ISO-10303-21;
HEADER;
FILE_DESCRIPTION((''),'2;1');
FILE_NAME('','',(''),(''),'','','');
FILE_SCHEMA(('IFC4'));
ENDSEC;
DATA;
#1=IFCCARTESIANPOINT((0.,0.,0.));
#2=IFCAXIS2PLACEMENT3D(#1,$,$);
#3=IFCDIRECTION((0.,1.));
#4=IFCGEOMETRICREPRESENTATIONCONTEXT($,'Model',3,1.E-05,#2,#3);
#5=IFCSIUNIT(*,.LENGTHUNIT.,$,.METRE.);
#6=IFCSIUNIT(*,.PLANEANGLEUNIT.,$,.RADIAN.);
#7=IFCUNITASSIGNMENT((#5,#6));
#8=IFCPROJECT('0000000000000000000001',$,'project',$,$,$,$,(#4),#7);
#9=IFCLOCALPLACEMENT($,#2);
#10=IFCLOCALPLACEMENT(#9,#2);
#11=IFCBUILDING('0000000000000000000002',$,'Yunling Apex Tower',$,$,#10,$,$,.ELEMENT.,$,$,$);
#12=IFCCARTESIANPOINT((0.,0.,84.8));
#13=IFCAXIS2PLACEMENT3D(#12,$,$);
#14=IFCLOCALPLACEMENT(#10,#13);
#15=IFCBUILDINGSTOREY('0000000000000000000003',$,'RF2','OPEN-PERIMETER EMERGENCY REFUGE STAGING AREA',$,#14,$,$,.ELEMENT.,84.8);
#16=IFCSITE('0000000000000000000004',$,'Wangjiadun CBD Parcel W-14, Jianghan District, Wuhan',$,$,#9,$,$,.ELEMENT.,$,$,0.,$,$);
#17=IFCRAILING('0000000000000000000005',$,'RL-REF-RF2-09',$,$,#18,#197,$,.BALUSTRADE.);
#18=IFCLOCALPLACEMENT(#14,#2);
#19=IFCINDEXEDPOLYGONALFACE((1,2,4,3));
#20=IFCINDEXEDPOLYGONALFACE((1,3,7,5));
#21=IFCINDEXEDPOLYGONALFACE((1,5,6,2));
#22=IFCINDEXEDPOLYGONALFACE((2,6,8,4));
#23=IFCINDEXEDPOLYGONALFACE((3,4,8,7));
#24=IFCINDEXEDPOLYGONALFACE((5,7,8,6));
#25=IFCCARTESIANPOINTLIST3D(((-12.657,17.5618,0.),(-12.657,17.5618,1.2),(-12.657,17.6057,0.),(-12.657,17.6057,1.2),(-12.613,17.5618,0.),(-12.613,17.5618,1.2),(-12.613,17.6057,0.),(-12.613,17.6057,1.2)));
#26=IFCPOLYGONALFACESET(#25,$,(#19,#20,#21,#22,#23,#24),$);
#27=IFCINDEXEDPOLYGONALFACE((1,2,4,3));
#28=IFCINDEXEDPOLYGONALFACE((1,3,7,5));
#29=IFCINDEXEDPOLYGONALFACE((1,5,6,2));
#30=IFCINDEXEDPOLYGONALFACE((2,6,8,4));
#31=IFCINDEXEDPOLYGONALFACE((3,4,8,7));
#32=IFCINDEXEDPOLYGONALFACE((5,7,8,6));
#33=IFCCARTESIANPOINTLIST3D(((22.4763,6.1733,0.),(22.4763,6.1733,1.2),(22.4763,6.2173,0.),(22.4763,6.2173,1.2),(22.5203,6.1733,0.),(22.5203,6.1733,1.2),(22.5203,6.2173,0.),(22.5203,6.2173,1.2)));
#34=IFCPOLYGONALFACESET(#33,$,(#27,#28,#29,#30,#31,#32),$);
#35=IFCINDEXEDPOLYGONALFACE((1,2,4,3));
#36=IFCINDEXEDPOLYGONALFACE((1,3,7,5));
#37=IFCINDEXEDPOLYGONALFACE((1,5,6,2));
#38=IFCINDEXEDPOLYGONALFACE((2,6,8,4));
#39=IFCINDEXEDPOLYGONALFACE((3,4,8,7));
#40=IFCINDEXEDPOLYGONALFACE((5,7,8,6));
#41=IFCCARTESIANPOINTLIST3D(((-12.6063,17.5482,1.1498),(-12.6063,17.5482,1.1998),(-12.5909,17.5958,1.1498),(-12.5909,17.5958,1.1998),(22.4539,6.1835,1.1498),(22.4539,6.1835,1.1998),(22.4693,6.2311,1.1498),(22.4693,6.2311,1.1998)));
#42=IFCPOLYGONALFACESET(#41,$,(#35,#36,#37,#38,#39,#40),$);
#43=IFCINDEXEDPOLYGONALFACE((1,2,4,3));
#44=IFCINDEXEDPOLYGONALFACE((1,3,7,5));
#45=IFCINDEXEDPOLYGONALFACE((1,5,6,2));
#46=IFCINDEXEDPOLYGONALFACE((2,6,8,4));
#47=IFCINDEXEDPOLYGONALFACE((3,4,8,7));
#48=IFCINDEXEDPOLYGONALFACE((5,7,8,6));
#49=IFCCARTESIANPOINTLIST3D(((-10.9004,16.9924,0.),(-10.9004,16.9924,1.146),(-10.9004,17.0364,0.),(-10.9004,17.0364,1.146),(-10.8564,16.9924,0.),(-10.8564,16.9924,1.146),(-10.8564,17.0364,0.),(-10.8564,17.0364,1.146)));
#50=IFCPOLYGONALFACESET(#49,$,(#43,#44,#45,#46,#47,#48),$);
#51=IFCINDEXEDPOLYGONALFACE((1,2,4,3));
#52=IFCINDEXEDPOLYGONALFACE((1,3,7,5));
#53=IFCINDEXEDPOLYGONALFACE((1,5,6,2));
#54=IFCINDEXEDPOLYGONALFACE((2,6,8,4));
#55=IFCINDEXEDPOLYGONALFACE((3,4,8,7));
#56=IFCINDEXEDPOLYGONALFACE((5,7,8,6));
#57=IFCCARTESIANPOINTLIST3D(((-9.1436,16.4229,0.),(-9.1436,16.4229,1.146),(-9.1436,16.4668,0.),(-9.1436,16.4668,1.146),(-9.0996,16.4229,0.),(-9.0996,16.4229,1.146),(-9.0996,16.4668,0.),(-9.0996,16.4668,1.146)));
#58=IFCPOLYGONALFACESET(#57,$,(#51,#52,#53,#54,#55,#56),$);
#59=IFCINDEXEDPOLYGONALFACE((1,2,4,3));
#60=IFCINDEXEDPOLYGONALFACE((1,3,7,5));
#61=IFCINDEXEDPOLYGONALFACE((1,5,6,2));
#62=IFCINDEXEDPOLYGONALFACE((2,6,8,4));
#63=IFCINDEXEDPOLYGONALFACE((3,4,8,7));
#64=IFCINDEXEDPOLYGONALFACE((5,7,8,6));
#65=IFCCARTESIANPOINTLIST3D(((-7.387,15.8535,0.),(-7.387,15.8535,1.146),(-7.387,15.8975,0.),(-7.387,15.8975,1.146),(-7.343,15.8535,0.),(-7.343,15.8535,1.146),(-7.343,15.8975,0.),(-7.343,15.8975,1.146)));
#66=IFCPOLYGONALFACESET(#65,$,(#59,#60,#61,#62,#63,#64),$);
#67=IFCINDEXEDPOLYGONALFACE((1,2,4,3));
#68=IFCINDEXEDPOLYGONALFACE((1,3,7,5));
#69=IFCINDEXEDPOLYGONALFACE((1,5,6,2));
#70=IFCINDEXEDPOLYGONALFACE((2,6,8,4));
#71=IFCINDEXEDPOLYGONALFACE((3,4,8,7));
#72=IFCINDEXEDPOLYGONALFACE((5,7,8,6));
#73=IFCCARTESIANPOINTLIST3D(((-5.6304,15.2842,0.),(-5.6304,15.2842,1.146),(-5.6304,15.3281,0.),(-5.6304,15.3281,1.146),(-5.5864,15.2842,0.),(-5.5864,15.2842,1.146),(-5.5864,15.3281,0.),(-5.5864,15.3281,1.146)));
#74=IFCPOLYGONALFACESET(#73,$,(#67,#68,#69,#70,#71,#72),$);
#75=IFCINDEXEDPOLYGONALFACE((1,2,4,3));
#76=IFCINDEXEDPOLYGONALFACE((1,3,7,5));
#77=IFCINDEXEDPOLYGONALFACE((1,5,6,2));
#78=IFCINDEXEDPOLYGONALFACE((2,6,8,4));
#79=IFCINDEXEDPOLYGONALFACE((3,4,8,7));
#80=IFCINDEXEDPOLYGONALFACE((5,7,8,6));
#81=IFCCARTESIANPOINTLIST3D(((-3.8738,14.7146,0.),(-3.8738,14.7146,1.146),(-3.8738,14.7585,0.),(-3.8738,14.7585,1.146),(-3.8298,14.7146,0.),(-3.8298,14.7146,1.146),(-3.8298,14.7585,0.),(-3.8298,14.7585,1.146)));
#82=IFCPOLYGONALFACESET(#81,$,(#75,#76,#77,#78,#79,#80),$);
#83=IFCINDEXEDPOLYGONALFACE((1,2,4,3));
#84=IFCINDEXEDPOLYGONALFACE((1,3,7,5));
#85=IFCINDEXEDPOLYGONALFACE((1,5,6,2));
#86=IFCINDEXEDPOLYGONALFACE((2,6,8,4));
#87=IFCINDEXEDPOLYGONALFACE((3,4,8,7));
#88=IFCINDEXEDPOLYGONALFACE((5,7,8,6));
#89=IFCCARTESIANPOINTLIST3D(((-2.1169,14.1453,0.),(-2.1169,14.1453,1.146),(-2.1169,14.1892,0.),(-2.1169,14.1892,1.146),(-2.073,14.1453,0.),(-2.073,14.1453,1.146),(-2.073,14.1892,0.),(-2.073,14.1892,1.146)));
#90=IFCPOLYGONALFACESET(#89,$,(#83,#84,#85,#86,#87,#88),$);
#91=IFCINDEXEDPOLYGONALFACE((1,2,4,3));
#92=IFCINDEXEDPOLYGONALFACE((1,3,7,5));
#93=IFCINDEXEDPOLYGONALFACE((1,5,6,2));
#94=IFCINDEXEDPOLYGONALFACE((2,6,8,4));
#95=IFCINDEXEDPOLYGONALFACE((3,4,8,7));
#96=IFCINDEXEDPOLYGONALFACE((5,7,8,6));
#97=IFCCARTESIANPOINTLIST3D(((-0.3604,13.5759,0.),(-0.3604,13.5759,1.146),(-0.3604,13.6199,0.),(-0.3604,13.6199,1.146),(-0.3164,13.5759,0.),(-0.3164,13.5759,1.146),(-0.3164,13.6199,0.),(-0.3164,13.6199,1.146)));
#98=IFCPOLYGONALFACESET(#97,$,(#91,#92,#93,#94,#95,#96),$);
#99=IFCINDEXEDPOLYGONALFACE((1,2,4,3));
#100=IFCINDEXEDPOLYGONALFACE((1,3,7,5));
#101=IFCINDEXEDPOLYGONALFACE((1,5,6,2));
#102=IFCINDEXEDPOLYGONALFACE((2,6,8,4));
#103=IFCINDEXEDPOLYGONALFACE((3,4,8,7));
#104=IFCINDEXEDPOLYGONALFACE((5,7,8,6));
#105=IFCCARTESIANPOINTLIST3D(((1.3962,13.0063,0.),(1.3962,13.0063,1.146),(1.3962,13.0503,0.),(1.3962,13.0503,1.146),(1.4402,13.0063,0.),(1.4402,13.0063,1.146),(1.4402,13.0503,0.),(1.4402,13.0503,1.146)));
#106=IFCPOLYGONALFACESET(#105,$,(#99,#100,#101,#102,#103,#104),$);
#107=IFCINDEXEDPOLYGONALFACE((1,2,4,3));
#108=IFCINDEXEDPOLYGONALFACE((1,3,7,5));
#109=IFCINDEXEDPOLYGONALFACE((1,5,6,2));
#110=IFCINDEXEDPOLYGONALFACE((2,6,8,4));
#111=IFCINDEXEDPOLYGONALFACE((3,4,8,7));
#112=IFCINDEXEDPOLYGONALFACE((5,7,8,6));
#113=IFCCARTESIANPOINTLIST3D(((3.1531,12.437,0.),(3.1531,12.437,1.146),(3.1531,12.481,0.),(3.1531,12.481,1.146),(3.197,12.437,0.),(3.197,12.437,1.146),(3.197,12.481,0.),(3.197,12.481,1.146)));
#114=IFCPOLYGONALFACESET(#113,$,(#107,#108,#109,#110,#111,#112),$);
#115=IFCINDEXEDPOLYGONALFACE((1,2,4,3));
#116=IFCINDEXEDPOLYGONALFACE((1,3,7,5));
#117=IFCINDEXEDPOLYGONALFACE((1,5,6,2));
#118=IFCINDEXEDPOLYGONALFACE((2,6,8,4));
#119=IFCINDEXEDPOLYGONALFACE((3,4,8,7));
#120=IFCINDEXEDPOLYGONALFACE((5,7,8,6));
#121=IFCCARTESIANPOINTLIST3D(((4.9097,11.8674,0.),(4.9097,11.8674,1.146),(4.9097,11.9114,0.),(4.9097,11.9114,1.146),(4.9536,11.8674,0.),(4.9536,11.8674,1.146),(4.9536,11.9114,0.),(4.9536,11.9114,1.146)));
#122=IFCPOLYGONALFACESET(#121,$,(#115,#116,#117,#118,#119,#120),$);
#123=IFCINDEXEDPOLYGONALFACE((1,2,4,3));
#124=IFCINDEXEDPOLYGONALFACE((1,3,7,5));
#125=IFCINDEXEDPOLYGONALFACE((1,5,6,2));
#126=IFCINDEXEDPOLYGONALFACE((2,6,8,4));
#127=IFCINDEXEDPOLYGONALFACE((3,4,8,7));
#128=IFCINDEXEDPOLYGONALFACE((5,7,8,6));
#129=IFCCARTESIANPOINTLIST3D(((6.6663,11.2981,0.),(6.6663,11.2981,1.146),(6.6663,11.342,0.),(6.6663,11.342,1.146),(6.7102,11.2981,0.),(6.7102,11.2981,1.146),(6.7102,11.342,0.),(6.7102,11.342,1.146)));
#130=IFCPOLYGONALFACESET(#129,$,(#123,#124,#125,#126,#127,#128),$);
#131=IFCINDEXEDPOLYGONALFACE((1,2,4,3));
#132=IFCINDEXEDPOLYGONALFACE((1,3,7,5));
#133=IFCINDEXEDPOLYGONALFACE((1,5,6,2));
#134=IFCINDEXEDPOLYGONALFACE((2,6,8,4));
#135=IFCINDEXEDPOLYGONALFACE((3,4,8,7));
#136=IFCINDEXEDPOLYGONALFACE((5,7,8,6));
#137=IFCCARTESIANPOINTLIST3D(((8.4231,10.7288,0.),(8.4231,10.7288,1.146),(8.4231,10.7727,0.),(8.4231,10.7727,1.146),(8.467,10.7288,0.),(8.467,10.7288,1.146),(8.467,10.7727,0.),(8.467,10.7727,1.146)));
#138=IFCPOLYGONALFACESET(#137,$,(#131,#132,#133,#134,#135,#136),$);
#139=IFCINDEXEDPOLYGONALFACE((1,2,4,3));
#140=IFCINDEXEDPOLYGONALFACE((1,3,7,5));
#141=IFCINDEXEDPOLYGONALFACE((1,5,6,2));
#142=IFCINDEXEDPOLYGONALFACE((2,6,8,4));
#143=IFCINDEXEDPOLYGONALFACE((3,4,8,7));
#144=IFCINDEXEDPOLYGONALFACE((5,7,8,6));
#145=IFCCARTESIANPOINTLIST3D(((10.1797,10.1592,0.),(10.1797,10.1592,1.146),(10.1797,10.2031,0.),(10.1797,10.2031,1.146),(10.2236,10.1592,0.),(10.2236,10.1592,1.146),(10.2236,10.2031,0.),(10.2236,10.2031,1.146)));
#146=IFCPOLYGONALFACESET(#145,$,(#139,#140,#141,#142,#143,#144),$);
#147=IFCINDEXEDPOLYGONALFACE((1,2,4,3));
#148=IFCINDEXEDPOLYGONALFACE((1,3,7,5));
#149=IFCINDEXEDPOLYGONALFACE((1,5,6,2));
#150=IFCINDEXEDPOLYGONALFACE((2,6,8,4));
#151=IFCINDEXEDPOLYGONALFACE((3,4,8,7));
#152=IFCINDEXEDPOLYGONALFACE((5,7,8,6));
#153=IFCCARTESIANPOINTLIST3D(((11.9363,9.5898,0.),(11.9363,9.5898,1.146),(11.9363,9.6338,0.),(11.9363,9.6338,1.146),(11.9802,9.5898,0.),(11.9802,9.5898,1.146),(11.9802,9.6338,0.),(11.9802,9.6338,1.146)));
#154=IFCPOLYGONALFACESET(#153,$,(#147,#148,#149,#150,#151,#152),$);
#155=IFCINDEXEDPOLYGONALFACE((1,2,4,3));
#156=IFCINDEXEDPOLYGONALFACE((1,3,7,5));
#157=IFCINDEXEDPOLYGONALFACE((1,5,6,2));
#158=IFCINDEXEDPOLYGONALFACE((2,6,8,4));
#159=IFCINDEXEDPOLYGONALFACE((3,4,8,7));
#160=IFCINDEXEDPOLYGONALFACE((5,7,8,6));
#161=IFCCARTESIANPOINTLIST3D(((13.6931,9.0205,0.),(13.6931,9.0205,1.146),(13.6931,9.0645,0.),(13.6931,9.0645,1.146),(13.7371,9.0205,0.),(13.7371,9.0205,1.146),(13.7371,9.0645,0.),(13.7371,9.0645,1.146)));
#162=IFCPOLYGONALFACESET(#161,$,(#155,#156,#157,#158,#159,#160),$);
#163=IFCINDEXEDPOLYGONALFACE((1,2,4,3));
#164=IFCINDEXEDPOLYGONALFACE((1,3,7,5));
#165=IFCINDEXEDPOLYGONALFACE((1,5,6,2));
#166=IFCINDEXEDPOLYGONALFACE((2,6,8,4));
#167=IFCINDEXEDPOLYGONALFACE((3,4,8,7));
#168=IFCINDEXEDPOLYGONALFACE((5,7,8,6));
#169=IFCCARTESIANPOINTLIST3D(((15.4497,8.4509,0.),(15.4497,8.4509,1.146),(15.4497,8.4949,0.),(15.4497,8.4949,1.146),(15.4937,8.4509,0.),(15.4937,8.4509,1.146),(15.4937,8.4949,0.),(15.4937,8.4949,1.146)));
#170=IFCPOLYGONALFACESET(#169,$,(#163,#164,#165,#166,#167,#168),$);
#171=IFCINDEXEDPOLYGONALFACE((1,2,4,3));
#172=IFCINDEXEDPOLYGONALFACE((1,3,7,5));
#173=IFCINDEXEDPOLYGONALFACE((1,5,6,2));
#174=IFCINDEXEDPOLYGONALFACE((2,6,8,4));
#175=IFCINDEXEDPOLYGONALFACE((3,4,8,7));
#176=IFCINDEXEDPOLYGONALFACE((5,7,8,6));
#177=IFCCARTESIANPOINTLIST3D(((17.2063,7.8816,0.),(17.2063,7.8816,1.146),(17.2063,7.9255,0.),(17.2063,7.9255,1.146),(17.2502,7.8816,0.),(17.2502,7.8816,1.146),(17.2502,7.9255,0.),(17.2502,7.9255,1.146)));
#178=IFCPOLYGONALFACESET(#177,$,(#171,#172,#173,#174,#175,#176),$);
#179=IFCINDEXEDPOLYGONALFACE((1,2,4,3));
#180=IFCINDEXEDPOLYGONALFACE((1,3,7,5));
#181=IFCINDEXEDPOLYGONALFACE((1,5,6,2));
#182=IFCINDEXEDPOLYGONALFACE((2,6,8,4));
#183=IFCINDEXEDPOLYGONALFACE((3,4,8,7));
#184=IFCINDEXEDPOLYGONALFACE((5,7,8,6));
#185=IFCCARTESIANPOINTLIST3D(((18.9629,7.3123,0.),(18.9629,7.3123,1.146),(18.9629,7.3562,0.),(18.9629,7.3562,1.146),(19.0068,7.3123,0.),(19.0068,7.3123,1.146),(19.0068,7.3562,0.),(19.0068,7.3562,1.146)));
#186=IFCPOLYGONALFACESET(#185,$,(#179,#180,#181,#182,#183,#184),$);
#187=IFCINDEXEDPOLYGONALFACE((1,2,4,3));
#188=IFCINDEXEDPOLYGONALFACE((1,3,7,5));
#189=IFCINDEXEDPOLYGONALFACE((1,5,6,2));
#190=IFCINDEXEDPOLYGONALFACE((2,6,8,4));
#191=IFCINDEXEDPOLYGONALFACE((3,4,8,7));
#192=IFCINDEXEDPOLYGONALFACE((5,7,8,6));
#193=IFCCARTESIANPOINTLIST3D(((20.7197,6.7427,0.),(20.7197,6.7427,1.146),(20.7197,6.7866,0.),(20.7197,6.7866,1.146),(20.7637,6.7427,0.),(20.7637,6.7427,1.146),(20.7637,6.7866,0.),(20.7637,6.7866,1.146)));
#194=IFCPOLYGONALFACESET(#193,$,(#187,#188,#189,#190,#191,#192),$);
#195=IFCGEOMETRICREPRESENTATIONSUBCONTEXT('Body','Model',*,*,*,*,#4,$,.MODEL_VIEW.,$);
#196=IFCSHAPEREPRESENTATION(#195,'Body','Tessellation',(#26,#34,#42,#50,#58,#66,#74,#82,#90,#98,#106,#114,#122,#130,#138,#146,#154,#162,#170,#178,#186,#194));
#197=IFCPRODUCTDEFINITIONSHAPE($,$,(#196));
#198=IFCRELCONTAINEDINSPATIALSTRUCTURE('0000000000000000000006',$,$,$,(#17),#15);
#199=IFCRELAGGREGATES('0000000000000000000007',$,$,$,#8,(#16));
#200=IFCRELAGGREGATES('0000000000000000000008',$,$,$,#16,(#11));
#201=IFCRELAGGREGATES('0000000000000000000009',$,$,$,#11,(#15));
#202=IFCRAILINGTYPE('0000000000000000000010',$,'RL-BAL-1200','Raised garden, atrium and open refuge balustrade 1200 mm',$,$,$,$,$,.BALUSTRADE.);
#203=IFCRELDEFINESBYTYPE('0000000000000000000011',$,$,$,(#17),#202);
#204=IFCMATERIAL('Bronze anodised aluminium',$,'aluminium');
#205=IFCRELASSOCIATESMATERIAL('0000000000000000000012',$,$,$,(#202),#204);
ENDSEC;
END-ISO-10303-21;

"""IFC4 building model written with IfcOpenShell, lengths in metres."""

from ifc_helpers import new_model, si_unit, direction, frame, origin, origin_2d, place, context, subcontext, project, spatial, rectangle, extrude, material, type_object, element, save


model = new_model("IFC4")

# Units and contexts
model_context = context("Model", 3, precision=1e-05, world=origin(), true_north=direction((0.0, 1.0)))
body_context = subcontext(model_context, "Body", "Model", "MODEL_VIEW")
ifc_project = project(units=[si_unit("LENGTHUNIT", "METRE"), si_unit("PLANEANGLEUNIT", "RADIAN")], contexts=[model_context])

# Site, building, storey
site_placement = place(None, origin())
site = spatial("IfcSite", under=ifc_project, at=site_placement, Name="Wangjiadun CBD Parcel W-14, Jianghan District, Wuhan", CompositionType="ELEMENT", RefElevation=0.0)
building_placement = place(site_placement, origin())
building = spatial("IfcBuilding", under=site, at=building_placement, Name="Yunling Apex Tower", CompositionType="ELEMENT")
storey_placement = place(building_placement, frame((0.0, 0.0, 84.8)))
storey = spatial("IfcBuildingStorey", under=building, at=storey_placement, Name="RF2", Description="OPEN-PERIMETER EMERGENCY REFUGE STAGING AREA", CompositionType="ELEMENT", Elevation=84.8)

# Railing
ifc_material_1 = material(Name="Bronze anodised aluminium", Category="aluminium")
railing_type = type_object("IfcRailingType", Name="RL-BAL-1200", Description="Raised garden, atrium and open refuge balustrade 1200 mm", PredefinedType="BALUSTRADE", material=ifc_material_1)
railing_1_placement = place(storey_placement, frame((-12.635, 17.5837, 0.0)))
element("IfcRailing", 1, at=railing_1_placement, inside=storey, type_object=railing_type, Name="RL-REF-RF2-09", PredefinedType="BALUSTRADE", context=body_context, shape_type="SweptSolid", body=[
    extrude(rectangle(XDim=0.0439, YDim=0.0439, at=origin_2d()), origin(), (0.0, 0.0, 1.0), 1.2),
    extrude(rectangle(XDim=0.0439, YDim=0.0439, at=origin_2d()), frame((35.1333, -11.3884, 0.0)), (0.0, 0.0, 1.0), 1.2),
    extrude(rectangle(XDim=0.05, YDim=0.05, at=origin_2d()), frame((0.0364, -0.0117, 1.1748), z_axis=(0.951272, -0.308354, 0.0), x_axis=(0.308354, 0.951272, 0.0)), (0.0, 0.0, 1.0), 36.8562),
    extrude(rectangle(XDim=0.0439, YDim=0.0439, at=origin_2d()), frame((1.7566, -0.5693, 0.0)), (0.0, 0.0, 1.0), 1.146),
    extrude(rectangle(XDim=0.0439, YDim=0.0439, at=origin_2d()), frame((3.5134, -1.1389, 0.0)), (0.0, 0.0, 1.0), 1.146),
    extrude(rectangle(XDim=0.0439, YDim=0.0439, at=origin_2d()), frame((5.27, -1.7083, 0.0)), (0.0, 0.0, 1.0), 1.146),
    extrude(rectangle(XDim=0.0439, YDim=0.0439, at=origin_2d()), frame((7.0266, -2.2776, 0.0)), (0.0, 0.0, 1.0), 1.146),
    extrude(rectangle(XDim=0.0439, YDim=0.0439, at=origin_2d()), frame((8.7832, -2.8472, 0.0)), (0.0, 0.0, 1.0), 1.146),
    extrude(rectangle(XDim=0.0439, YDim=0.0439, at=origin_2d()), frame((10.54, -3.4165, 0.0)), (0.0, 0.0, 1.0), 1.146),
    extrude(rectangle(XDim=0.0439, YDim=0.0439, at=origin_2d()), frame((12.2966, -3.9858, 0.0)), (0.0, 0.0, 1.0), 1.146),
    extrude(rectangle(XDim=0.0439, YDim=0.0439, at=origin_2d()), frame((14.0532, -4.5554, 0.0)), (0.0, 0.0, 1.0), 1.146),
    extrude(rectangle(XDim=0.0439, YDim=0.0439, at=origin_2d()), frame((15.8101, -5.1248, 0.0)), (0.0, 0.0, 1.0), 1.146),
    extrude(rectangle(XDim=0.0439, YDim=0.0439, at=origin_2d()), frame((17.5667, -5.6943, 0.0)), (0.0, 0.0, 1.0), 1.146),
    extrude(rectangle(XDim=0.0439, YDim=0.0439, at=origin_2d()), frame((19.3232, -6.2637, 0.0)), (0.0, 0.0, 1.0), 1.146),
    extrude(rectangle(XDim=0.0439, YDim=0.0439, at=origin_2d()), frame((21.0801, -6.833, 0.0)), (0.0, 0.0, 1.0), 1.146),
    extrude(rectangle(XDim=0.0439, YDim=0.0439, at=origin_2d()), frame((22.8367, -7.4026, 0.0)), (0.0, 0.0, 1.0), 1.146),
    extrude(rectangle(XDim=0.0439, YDim=0.0439, at=origin_2d()), frame((24.5933, -7.9719, 0.0)), (0.0, 0.0, 1.0), 1.146),
    extrude(rectangle(XDim=0.0439, YDim=0.0439, at=origin_2d()), frame((26.3501, -8.5413, 0.0)), (0.0, 0.0, 1.0), 1.146),
    extrude(rectangle(XDim=0.0439, YDim=0.0439, at=origin_2d()), frame((28.1067, -9.1108, 0.0)), (0.0, 0.0, 1.0), 1.146),
    extrude(rectangle(XDim=0.0439, YDim=0.0439, at=origin_2d()), frame((29.8633, -9.6802, 0.0)), (0.0, 0.0, 1.0), 1.146),
    extrude(rectangle(XDim=0.0439, YDim=0.0439, at=origin_2d()), frame((31.6199, -10.2495, 0.0)), (0.0, 0.0, 1.0), 1.146),
    extrude(rectangle(XDim=0.0439, YDim=0.0439, at=origin_2d()), frame((33.3767, -10.8191, 0.0)), (0.0, 0.0, 1.0), 1.146),
])

save(model, "model.ifc")
